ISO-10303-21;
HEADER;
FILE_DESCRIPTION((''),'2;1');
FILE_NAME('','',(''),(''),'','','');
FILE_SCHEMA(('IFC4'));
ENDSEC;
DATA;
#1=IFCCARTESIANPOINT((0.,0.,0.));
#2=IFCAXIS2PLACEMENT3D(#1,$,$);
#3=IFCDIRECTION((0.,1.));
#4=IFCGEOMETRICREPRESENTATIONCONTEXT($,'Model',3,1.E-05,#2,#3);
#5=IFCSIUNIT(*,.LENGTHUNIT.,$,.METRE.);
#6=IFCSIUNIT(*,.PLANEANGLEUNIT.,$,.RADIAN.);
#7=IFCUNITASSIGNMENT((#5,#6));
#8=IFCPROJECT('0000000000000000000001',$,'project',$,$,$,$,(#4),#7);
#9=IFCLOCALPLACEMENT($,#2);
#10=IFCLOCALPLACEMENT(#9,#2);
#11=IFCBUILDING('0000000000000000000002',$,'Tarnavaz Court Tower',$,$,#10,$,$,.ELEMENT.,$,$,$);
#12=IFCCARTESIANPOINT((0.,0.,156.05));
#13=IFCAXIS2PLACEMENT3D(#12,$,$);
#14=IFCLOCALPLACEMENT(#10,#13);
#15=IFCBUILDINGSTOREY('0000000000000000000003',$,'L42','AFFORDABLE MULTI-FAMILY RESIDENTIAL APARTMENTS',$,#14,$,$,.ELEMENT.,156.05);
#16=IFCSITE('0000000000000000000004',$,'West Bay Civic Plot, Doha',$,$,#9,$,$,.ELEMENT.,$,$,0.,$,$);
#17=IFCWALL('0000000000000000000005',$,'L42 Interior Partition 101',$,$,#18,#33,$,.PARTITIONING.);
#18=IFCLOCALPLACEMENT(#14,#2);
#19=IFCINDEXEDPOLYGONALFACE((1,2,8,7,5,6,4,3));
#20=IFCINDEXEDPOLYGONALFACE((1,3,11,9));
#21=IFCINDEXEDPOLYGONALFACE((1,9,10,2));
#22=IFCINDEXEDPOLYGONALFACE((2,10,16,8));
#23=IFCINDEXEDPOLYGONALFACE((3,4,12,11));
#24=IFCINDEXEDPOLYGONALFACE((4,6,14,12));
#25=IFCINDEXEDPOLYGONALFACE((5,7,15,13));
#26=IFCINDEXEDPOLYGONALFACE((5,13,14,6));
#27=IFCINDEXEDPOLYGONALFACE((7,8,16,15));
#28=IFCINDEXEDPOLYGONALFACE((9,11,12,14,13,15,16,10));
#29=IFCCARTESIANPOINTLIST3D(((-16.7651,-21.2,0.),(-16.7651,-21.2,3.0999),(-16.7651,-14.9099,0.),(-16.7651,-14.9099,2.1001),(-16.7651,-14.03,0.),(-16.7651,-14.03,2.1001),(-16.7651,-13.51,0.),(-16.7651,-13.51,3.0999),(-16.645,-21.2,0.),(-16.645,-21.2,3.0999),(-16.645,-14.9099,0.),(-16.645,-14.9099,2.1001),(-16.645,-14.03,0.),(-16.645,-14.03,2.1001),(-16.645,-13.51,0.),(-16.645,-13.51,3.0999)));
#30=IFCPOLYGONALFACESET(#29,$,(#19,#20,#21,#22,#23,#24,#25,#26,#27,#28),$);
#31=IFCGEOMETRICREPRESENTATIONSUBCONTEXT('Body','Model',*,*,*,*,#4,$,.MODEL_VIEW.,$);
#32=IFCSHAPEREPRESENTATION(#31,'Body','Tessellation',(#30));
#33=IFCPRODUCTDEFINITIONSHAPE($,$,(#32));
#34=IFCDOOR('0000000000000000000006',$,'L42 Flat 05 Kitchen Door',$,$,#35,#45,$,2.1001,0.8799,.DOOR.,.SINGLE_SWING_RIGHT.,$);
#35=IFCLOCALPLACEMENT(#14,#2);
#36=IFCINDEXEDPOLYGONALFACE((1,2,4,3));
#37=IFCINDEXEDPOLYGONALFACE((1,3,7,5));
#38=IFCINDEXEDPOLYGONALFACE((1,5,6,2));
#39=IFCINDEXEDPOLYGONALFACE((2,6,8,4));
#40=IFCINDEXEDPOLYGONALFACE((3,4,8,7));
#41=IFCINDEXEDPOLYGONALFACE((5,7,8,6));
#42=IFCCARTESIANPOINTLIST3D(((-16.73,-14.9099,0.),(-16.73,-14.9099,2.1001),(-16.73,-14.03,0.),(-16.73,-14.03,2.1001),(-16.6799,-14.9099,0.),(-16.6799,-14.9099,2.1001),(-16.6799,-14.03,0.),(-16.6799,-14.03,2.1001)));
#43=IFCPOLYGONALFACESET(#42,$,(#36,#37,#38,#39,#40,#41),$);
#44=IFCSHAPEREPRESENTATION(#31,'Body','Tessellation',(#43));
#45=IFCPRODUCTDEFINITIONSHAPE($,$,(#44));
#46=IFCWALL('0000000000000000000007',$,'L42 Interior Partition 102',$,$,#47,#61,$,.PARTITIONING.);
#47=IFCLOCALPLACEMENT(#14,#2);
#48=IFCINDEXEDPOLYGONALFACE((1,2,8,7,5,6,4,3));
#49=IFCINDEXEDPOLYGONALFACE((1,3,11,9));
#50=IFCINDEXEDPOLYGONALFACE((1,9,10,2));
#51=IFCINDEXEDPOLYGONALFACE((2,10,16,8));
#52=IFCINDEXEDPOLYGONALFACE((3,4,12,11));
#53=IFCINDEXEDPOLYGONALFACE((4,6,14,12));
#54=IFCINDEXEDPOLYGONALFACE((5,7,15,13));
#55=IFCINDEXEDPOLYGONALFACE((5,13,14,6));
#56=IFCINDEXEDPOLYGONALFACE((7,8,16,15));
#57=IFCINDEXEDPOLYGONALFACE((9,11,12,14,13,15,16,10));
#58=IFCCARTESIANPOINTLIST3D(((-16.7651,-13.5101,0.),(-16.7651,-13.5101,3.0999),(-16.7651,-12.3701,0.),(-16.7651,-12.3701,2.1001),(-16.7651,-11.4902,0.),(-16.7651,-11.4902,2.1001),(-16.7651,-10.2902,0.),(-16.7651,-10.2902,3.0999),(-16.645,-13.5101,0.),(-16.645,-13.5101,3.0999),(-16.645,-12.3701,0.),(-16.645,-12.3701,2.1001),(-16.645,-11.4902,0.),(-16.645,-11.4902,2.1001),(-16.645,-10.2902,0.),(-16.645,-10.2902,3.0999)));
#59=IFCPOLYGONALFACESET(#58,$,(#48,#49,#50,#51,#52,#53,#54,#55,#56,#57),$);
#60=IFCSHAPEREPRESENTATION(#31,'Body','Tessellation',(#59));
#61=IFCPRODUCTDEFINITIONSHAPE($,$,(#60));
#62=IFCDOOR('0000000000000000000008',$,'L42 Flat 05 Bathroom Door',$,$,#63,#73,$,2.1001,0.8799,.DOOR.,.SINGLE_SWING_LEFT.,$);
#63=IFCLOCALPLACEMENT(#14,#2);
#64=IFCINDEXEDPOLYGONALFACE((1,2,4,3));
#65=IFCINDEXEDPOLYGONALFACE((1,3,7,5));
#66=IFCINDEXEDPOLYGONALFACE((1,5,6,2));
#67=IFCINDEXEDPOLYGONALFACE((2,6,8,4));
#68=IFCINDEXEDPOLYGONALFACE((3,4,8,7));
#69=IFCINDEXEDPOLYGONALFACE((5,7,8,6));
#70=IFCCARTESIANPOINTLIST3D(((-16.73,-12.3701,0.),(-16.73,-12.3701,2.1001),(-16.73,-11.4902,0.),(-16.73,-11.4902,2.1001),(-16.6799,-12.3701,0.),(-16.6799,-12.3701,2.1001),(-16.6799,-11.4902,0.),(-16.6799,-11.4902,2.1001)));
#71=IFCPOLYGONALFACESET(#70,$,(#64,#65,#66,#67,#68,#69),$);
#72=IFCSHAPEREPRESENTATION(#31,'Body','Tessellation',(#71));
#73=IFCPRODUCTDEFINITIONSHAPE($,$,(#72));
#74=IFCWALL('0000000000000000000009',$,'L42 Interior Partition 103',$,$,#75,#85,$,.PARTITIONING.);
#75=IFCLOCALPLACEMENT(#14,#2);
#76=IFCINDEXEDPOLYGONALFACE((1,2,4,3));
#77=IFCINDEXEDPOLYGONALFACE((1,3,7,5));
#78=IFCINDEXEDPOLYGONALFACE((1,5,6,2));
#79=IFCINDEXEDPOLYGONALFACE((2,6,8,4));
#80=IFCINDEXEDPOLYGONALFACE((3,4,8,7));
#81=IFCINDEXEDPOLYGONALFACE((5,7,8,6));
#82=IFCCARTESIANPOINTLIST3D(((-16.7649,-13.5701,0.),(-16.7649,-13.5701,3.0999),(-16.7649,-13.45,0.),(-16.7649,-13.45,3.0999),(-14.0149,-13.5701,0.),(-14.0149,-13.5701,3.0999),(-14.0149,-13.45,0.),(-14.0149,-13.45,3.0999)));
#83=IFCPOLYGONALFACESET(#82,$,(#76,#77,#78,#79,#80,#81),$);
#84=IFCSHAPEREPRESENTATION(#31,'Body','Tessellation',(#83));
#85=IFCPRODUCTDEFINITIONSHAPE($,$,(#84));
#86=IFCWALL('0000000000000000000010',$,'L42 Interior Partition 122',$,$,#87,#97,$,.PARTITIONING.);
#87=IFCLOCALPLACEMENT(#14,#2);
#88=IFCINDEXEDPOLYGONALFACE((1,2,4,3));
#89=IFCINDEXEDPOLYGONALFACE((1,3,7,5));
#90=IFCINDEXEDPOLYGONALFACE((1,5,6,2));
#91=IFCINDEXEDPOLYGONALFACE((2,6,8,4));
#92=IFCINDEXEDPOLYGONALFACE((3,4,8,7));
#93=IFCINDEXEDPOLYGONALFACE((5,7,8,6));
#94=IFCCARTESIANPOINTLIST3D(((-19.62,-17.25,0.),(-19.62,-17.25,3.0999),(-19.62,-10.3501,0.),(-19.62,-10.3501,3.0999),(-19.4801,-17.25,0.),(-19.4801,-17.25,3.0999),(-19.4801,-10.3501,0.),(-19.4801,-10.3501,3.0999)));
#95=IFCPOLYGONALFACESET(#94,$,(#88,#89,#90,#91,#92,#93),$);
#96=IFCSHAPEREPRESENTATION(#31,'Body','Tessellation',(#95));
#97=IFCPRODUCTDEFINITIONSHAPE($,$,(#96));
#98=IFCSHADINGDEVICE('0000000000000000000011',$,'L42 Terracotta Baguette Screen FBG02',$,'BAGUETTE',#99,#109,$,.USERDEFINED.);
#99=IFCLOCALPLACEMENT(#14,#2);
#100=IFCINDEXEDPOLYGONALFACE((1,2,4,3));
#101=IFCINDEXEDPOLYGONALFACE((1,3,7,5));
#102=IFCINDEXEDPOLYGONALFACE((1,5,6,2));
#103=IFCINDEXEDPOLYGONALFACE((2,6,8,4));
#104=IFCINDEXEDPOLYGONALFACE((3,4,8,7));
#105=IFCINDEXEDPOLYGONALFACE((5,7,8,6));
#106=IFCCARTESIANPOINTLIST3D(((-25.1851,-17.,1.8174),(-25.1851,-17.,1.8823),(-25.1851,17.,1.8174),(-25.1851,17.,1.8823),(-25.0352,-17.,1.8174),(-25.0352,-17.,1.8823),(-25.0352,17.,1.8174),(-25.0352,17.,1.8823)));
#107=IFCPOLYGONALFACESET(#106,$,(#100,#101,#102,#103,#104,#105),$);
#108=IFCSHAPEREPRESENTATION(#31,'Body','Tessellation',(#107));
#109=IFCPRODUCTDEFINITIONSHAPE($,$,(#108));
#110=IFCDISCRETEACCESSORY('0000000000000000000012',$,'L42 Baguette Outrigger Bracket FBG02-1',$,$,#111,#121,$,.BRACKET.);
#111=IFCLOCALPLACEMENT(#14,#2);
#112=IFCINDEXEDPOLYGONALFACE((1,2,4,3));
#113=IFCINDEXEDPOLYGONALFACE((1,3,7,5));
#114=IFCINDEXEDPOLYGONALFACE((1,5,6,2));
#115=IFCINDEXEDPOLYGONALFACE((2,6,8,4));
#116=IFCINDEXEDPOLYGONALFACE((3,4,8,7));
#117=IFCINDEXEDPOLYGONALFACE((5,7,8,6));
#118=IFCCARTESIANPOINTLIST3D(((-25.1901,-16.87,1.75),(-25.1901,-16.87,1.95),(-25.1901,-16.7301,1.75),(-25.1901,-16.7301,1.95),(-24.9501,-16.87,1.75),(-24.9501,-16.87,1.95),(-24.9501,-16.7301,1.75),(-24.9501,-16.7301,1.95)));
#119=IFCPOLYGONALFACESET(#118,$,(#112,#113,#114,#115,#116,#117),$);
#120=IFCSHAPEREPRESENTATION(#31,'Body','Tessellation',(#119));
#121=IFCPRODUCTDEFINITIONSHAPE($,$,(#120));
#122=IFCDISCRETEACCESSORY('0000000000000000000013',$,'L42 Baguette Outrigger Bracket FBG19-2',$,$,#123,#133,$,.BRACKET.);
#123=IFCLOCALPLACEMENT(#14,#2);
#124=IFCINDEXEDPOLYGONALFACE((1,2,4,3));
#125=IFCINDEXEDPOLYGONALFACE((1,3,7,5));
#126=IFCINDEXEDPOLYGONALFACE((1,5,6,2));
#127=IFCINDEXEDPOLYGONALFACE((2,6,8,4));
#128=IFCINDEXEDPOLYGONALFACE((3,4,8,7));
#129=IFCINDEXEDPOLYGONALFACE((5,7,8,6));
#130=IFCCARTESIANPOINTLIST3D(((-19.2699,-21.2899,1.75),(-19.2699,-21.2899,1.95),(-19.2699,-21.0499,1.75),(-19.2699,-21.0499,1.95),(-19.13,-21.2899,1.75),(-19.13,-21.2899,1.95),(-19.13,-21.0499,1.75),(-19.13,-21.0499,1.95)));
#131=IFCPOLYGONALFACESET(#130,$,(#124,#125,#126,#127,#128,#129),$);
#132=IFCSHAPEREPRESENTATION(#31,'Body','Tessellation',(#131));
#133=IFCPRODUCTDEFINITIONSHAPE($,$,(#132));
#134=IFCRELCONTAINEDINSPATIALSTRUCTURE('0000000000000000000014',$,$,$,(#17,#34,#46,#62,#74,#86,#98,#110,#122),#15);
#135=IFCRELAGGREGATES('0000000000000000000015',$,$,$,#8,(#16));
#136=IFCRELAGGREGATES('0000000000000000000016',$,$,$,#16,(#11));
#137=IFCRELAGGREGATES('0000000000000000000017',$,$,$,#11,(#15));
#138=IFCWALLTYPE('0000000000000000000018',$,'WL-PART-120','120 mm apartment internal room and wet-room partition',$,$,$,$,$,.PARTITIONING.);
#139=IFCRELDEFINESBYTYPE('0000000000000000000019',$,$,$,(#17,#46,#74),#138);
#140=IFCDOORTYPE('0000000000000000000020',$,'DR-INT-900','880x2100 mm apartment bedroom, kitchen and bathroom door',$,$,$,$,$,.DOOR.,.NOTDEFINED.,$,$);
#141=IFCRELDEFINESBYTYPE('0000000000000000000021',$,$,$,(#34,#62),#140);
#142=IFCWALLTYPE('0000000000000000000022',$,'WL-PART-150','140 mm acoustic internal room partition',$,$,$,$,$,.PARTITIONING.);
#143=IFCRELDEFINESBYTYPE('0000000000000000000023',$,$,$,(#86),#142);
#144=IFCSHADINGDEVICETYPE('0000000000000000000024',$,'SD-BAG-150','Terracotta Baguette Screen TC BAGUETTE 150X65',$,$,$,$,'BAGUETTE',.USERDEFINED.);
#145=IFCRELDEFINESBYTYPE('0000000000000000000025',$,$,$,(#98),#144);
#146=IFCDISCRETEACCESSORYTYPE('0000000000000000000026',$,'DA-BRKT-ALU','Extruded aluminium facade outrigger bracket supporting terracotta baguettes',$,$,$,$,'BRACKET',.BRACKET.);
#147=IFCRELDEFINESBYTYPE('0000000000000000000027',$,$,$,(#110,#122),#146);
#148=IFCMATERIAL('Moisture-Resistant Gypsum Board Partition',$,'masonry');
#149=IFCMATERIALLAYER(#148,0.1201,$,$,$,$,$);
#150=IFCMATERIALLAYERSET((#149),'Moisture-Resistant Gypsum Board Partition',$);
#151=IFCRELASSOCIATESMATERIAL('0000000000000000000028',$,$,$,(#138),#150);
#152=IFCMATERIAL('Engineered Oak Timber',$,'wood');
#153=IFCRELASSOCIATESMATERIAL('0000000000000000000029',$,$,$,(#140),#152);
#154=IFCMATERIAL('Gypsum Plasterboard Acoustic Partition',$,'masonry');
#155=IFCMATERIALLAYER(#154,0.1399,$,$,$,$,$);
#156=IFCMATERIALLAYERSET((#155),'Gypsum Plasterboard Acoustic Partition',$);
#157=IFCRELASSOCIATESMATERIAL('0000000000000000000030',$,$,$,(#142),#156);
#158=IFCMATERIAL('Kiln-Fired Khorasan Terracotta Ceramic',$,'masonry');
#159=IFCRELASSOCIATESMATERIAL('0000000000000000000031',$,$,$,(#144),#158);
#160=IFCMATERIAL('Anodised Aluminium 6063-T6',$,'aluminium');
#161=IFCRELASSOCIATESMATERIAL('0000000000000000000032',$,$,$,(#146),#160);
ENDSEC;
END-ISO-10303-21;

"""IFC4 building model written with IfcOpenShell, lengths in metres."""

from ifc_helpers import new_model, si_unit, direction, frame, frame_2d, origin, origin_2d, place, context, subcontext, project, spatial, rectangle, extrude, material, layer, layer_set, material_profile, profile_set, type_object, element, fill, save


model = new_model("IFC4")

# Units and contexts
model_context = context("Model", 3, precision=1e-05, world=origin(), true_north=direction((0.0, 1.0)))
body_context = subcontext(model_context, "Body", "Model", "MODEL_VIEW")
ifc_project = project(units=[si_unit("LENGTHUNIT", "METRE"), si_unit("PLANEANGLEUNIT", "RADIAN")], contexts=[model_context])

# Site, building, storey
site_placement = place(None, origin())
site = spatial("IfcSite", under=ifc_project, at=site_placement, Name="West Bay Civic Plot, Doha", CompositionType="ELEMENT", RefElevation=0.0)
building_placement = place(site_placement, origin())
building = spatial("IfcBuilding", under=site, at=building_placement, Name="Tarnavaz Court Tower", CompositionType="ELEMENT")
storey_placement = place(building_placement, frame((0.0, 0.0, 156.05)))
storey = spatial("IfcBuildingStorey", under=building, at=storey_placement, Name="L42", Description="AFFORDABLE MULTI-FAMILY RESIDENTIAL APARTMENTS", CompositionType="ELEMENT", Elevation=156.05)

# Walls, openings, doors
ifc_material_1 = material(Name="Moisture-Resistant Gypsum Board Partition", Category="masonry")
ifc_layer_1 = layer(ifc_material_1, 0.1201)
ifc_layer_set_1 = layer_set([ifc_layer_1], Name="Moisture-Resistant Gypsum Board Partition")
wall_type_1 = type_object("IfcWallType", Name="WL-PART-120", Description="120 mm apartment internal room and wet-room partition", PredefinedType="PARTITIONING", material=ifc_layer_set_1)
wall_1_placement = place(storey_placement, frame((-16.7051, -21.2, 0.0), z_axis=(0.0, 0.0, 1.0), x_axis=(0.0, 1.0, 0.0)))
wall_1 = element("IfcWall", 1, at=wall_1_placement, inside=storey, type_object=wall_type_1, Name="L42 Interior Partition 101", PredefinedType="PARTITIONING", context=body_context, shape_type="SweptSolid", body=[
    extrude(rectangle(XDim=7.6899, YDim=0.1201, at=frame_2d((3.845, 0.0))), origin(), (0.0, 0.0, 1.0), 3.0999),
])
opening_1_placement = place(wall_1_placement, frame((6.29, 0.0, 0.0)))
opening_1 = element("IfcOpeningElement", 2, at=opening_1_placement, cuts=wall_1, PredefinedType="OPENING", context=body_context, shape_type="SweptSolid", body=[
    extrude(rectangle(XDim=0.8799, YDim=2.1001, at=frame_2d((0.4399, 1.05))), frame((0.0, 0.0701, 0.0), z_axis=(0.0, -1.0, 0.0), x_axis=(1.0, 0.0, 0.0)), (0.0, 0.0, 1.0), 0.1401),
])
ifc_material_2 = material(Name="Engineered Oak Timber", Category="wood")
door_type = type_object("IfcDoorType", Name="DR-INT-900", Description="880x2100 mm apartment bedroom, kitchen and bathroom door", OperationType="NOTDEFINED", PredefinedType="DOOR", material=ifc_material_2)
door_1_placement = place(opening_1_placement, origin())
door_1 = element("IfcDoor", 3, at=door_1_placement, inside=storey, type_object=door_type, Name="L42 Flat 05 Kitchen Door", OperationType="SINGLE_SWING_RIGHT", OverallHeight=2.1001, OverallWidth=0.8799, PredefinedType="DOOR", context=body_context, shape_type="SweptSolid", body=[
    extrude(rectangle(XDim=0.8799, YDim=2.1001, at=frame_2d((0.4399, 1.05))), frame((0.0, 0.0249, 0.0), z_axis=(0.0, -1.0, 0.0), x_axis=(1.0, 0.0, 0.0)), (0.0, 0.0, 1.0), 0.05),
])
fill(opening_1, door_1)
wall_2_placement = place(storey_placement, frame((-16.7051, -13.51, 0.0), z_axis=(0.0, 0.0, 1.0), x_axis=(0.0, 1.0, 0.0)))
wall_2 = element("IfcWall", 4, at=wall_2_placement, inside=storey, type_object=wall_type_1, Name="L42 Interior Partition 102", PredefinedType="PARTITIONING", context=body_context, shape_type="SweptSolid", body=[
    extrude(rectangle(XDim=3.22, YDim=0.1201, at=frame_2d((1.6099, 0.0))), origin(), (0.0, 0.0, 1.0), 3.0999),
])
opening_2_placement = place(wall_2_placement, frame((1.1399, 0.0, 0.0)))
opening_2 = element("IfcOpeningElement", 5, at=opening_2_placement, cuts=wall_2, PredefinedType="OPENING", context=body_context, shape_type="SweptSolid", body=[
    extrude(rectangle(XDim=0.8799, YDim=2.1001, at=frame_2d((0.4399, 1.05))), frame((0.0, 0.0701, 0.0), z_axis=(0.0, -1.0, 0.0), x_axis=(1.0, 0.0, 0.0)), (0.0, 0.0, 1.0), 0.1401),
])
door_2_placement = place(opening_2_placement, origin())
door_2 = element("IfcDoor", 6, at=door_2_placement, inside=storey, type_object=door_type, Name="L42 Flat 05 Bathroom Door", OperationType="SINGLE_SWING_LEFT", OverallHeight=2.1001, OverallWidth=0.8799, PredefinedType="DOOR", context=body_context, shape_type="SweptSolid", body=[
    extrude(rectangle(XDim=0.8799, YDim=2.1001, at=frame_2d((0.4399, 1.05))), frame((0.0, 0.0249, 0.0), z_axis=(0.0, -1.0, 0.0), x_axis=(1.0, 0.0, 0.0)), (0.0, 0.0, 1.0), 0.05),
])
fill(opening_2, door_2)

# Walls
wall_3_placement = place(storey_placement, frame((-16.7649, -13.51, 0.0), z_axis=(0.0, 0.0, 1.0), x_axis=(1.0, 0.0, 0.0)))
element("IfcWall", 7, at=wall_3_placement, inside=storey, type_object=wall_type_1, Name="L42 Interior Partition 103", PredefinedType="PARTITIONING", context=body_context, shape_type="SweptSolid", body=[
    extrude(rectangle(XDim=2.75, YDim=0.1201, at=frame_2d((1.375, 0.0))), origin(), (0.0, 0.0, 1.0), 3.0999),
])
ifc_material_3 = material(Name="Gypsum Plasterboard Acoustic Partition", Category="masonry")
ifc_layer_2 = layer(ifc_material_3, 0.1399)
ifc_layer_set_2 = layer_set([ifc_layer_2], Name="Gypsum Plasterboard Acoustic Partition")
wall_type_2 = type_object("IfcWallType", Name="WL-PART-150", Description="140 mm acoustic internal room partition", PredefinedType="PARTITIONING", material=ifc_layer_set_2)
wall_4_placement = place(storey_placement, frame((-19.55, -17.25, 0.0), z_axis=(0.0, 0.0, 1.0), x_axis=(0.0, 1.0, 0.0)))
element("IfcWall", 8, at=wall_4_placement, inside=storey, type_object=wall_type_2, Name="L42 Interior Partition 122", PredefinedType="PARTITIONING", context=body_context, shape_type="SweptSolid", body=[
    extrude(rectangle(XDim=6.8999, YDim=0.1399, at=frame_2d((3.45, 0.0))), origin(), (0.0, 0.0, 1.0), 3.0999),
])

# Shading device
ifc_material_4 = material(Name="Kiln-Fired Khorasan Terracotta Ceramic", Category="masonry")
ifc_material_profile_1 = material_profile(ifc_material_4, rectangle(XDim=0.1499, YDim=0.0649, at=origin_2d()), Name="TC BAGUETTE 150X65")
ifc_profile_set_1 = profile_set([ifc_material_profile_1], Name="Kiln-Fired Khorasan Terracotta Ceramic")
shading_device_type = type_object("IfcShadingDeviceType", Name="SD-BAG-150", Description="Terracotta Baguette Screen TC BAGUETTE 150X65", ElementType="BAGUETTE", PredefinedType="USERDEFINED", material=ifc_profile_set_1)
shading_device_placement = place(storey_placement, frame((-25.1101, -17.0, 1.8499), z_axis=(0.0, 1.0, 0.0), x_axis=(-1.0, 0.0, 0.0)))
element("IfcShadingDevice", 9, at=shading_device_placement, inside=storey, type_object=shading_device_type, Name="L42 Terracotta Baguette Screen FBG02", ObjectType="BAGUETTE", PredefinedType="USERDEFINED", context=body_context, shape_type="SweptSolid", body=[
    extrude(rectangle(XDim=0.1499, YDim=0.0649, at=origin_2d()), origin(), (0.0, 0.0, 1.0), 34.0),
])

# Discrete accessories
ifc_material_5 = material(Name="Anodised Aluminium 6063-T6", Category="aluminium")
discrete_accessory_type = type_object("IfcDiscreteAccessoryType", Name="DA-BRKT-ALU", Description="Extruded aluminium facade outrigger bracket supporting terracotta baguettes", ElementType="BRACKET", PredefinedType="BRACKET", material=ifc_material_5)
for number, where, z_axis, x_axis, name in (
    (10, (-25.0701, -16.8, 1.75), (0.0, 0.0, 1.0), (0.0, 1.0, 0.0), "L42 Baguette Outrigger Bracket FBG02-1"),
    (11, (-19.2, -21.1699, 1.75), (0.0, 0.0, 1.0), (-1.0, 0.0, 0.0), "L42 Baguette Outrigger Bracket FBG19-2"),
):
    element("IfcDiscreteAccessory", number, at=place(storey_placement, frame(where, z_axis=z_axis, x_axis=x_axis)), inside=storey, type_object=discrete_accessory_type, Name=name, PredefinedType="BRACKET", context=body_context, shape_type="SweptSolid", body=[
        extrude(rectangle(XDim=0.1399, YDim=0.24, at=origin_2d()), origin(), (0.0, 0.0, 1.0), 0.2),
    ])

save(model, "model.ifc")
